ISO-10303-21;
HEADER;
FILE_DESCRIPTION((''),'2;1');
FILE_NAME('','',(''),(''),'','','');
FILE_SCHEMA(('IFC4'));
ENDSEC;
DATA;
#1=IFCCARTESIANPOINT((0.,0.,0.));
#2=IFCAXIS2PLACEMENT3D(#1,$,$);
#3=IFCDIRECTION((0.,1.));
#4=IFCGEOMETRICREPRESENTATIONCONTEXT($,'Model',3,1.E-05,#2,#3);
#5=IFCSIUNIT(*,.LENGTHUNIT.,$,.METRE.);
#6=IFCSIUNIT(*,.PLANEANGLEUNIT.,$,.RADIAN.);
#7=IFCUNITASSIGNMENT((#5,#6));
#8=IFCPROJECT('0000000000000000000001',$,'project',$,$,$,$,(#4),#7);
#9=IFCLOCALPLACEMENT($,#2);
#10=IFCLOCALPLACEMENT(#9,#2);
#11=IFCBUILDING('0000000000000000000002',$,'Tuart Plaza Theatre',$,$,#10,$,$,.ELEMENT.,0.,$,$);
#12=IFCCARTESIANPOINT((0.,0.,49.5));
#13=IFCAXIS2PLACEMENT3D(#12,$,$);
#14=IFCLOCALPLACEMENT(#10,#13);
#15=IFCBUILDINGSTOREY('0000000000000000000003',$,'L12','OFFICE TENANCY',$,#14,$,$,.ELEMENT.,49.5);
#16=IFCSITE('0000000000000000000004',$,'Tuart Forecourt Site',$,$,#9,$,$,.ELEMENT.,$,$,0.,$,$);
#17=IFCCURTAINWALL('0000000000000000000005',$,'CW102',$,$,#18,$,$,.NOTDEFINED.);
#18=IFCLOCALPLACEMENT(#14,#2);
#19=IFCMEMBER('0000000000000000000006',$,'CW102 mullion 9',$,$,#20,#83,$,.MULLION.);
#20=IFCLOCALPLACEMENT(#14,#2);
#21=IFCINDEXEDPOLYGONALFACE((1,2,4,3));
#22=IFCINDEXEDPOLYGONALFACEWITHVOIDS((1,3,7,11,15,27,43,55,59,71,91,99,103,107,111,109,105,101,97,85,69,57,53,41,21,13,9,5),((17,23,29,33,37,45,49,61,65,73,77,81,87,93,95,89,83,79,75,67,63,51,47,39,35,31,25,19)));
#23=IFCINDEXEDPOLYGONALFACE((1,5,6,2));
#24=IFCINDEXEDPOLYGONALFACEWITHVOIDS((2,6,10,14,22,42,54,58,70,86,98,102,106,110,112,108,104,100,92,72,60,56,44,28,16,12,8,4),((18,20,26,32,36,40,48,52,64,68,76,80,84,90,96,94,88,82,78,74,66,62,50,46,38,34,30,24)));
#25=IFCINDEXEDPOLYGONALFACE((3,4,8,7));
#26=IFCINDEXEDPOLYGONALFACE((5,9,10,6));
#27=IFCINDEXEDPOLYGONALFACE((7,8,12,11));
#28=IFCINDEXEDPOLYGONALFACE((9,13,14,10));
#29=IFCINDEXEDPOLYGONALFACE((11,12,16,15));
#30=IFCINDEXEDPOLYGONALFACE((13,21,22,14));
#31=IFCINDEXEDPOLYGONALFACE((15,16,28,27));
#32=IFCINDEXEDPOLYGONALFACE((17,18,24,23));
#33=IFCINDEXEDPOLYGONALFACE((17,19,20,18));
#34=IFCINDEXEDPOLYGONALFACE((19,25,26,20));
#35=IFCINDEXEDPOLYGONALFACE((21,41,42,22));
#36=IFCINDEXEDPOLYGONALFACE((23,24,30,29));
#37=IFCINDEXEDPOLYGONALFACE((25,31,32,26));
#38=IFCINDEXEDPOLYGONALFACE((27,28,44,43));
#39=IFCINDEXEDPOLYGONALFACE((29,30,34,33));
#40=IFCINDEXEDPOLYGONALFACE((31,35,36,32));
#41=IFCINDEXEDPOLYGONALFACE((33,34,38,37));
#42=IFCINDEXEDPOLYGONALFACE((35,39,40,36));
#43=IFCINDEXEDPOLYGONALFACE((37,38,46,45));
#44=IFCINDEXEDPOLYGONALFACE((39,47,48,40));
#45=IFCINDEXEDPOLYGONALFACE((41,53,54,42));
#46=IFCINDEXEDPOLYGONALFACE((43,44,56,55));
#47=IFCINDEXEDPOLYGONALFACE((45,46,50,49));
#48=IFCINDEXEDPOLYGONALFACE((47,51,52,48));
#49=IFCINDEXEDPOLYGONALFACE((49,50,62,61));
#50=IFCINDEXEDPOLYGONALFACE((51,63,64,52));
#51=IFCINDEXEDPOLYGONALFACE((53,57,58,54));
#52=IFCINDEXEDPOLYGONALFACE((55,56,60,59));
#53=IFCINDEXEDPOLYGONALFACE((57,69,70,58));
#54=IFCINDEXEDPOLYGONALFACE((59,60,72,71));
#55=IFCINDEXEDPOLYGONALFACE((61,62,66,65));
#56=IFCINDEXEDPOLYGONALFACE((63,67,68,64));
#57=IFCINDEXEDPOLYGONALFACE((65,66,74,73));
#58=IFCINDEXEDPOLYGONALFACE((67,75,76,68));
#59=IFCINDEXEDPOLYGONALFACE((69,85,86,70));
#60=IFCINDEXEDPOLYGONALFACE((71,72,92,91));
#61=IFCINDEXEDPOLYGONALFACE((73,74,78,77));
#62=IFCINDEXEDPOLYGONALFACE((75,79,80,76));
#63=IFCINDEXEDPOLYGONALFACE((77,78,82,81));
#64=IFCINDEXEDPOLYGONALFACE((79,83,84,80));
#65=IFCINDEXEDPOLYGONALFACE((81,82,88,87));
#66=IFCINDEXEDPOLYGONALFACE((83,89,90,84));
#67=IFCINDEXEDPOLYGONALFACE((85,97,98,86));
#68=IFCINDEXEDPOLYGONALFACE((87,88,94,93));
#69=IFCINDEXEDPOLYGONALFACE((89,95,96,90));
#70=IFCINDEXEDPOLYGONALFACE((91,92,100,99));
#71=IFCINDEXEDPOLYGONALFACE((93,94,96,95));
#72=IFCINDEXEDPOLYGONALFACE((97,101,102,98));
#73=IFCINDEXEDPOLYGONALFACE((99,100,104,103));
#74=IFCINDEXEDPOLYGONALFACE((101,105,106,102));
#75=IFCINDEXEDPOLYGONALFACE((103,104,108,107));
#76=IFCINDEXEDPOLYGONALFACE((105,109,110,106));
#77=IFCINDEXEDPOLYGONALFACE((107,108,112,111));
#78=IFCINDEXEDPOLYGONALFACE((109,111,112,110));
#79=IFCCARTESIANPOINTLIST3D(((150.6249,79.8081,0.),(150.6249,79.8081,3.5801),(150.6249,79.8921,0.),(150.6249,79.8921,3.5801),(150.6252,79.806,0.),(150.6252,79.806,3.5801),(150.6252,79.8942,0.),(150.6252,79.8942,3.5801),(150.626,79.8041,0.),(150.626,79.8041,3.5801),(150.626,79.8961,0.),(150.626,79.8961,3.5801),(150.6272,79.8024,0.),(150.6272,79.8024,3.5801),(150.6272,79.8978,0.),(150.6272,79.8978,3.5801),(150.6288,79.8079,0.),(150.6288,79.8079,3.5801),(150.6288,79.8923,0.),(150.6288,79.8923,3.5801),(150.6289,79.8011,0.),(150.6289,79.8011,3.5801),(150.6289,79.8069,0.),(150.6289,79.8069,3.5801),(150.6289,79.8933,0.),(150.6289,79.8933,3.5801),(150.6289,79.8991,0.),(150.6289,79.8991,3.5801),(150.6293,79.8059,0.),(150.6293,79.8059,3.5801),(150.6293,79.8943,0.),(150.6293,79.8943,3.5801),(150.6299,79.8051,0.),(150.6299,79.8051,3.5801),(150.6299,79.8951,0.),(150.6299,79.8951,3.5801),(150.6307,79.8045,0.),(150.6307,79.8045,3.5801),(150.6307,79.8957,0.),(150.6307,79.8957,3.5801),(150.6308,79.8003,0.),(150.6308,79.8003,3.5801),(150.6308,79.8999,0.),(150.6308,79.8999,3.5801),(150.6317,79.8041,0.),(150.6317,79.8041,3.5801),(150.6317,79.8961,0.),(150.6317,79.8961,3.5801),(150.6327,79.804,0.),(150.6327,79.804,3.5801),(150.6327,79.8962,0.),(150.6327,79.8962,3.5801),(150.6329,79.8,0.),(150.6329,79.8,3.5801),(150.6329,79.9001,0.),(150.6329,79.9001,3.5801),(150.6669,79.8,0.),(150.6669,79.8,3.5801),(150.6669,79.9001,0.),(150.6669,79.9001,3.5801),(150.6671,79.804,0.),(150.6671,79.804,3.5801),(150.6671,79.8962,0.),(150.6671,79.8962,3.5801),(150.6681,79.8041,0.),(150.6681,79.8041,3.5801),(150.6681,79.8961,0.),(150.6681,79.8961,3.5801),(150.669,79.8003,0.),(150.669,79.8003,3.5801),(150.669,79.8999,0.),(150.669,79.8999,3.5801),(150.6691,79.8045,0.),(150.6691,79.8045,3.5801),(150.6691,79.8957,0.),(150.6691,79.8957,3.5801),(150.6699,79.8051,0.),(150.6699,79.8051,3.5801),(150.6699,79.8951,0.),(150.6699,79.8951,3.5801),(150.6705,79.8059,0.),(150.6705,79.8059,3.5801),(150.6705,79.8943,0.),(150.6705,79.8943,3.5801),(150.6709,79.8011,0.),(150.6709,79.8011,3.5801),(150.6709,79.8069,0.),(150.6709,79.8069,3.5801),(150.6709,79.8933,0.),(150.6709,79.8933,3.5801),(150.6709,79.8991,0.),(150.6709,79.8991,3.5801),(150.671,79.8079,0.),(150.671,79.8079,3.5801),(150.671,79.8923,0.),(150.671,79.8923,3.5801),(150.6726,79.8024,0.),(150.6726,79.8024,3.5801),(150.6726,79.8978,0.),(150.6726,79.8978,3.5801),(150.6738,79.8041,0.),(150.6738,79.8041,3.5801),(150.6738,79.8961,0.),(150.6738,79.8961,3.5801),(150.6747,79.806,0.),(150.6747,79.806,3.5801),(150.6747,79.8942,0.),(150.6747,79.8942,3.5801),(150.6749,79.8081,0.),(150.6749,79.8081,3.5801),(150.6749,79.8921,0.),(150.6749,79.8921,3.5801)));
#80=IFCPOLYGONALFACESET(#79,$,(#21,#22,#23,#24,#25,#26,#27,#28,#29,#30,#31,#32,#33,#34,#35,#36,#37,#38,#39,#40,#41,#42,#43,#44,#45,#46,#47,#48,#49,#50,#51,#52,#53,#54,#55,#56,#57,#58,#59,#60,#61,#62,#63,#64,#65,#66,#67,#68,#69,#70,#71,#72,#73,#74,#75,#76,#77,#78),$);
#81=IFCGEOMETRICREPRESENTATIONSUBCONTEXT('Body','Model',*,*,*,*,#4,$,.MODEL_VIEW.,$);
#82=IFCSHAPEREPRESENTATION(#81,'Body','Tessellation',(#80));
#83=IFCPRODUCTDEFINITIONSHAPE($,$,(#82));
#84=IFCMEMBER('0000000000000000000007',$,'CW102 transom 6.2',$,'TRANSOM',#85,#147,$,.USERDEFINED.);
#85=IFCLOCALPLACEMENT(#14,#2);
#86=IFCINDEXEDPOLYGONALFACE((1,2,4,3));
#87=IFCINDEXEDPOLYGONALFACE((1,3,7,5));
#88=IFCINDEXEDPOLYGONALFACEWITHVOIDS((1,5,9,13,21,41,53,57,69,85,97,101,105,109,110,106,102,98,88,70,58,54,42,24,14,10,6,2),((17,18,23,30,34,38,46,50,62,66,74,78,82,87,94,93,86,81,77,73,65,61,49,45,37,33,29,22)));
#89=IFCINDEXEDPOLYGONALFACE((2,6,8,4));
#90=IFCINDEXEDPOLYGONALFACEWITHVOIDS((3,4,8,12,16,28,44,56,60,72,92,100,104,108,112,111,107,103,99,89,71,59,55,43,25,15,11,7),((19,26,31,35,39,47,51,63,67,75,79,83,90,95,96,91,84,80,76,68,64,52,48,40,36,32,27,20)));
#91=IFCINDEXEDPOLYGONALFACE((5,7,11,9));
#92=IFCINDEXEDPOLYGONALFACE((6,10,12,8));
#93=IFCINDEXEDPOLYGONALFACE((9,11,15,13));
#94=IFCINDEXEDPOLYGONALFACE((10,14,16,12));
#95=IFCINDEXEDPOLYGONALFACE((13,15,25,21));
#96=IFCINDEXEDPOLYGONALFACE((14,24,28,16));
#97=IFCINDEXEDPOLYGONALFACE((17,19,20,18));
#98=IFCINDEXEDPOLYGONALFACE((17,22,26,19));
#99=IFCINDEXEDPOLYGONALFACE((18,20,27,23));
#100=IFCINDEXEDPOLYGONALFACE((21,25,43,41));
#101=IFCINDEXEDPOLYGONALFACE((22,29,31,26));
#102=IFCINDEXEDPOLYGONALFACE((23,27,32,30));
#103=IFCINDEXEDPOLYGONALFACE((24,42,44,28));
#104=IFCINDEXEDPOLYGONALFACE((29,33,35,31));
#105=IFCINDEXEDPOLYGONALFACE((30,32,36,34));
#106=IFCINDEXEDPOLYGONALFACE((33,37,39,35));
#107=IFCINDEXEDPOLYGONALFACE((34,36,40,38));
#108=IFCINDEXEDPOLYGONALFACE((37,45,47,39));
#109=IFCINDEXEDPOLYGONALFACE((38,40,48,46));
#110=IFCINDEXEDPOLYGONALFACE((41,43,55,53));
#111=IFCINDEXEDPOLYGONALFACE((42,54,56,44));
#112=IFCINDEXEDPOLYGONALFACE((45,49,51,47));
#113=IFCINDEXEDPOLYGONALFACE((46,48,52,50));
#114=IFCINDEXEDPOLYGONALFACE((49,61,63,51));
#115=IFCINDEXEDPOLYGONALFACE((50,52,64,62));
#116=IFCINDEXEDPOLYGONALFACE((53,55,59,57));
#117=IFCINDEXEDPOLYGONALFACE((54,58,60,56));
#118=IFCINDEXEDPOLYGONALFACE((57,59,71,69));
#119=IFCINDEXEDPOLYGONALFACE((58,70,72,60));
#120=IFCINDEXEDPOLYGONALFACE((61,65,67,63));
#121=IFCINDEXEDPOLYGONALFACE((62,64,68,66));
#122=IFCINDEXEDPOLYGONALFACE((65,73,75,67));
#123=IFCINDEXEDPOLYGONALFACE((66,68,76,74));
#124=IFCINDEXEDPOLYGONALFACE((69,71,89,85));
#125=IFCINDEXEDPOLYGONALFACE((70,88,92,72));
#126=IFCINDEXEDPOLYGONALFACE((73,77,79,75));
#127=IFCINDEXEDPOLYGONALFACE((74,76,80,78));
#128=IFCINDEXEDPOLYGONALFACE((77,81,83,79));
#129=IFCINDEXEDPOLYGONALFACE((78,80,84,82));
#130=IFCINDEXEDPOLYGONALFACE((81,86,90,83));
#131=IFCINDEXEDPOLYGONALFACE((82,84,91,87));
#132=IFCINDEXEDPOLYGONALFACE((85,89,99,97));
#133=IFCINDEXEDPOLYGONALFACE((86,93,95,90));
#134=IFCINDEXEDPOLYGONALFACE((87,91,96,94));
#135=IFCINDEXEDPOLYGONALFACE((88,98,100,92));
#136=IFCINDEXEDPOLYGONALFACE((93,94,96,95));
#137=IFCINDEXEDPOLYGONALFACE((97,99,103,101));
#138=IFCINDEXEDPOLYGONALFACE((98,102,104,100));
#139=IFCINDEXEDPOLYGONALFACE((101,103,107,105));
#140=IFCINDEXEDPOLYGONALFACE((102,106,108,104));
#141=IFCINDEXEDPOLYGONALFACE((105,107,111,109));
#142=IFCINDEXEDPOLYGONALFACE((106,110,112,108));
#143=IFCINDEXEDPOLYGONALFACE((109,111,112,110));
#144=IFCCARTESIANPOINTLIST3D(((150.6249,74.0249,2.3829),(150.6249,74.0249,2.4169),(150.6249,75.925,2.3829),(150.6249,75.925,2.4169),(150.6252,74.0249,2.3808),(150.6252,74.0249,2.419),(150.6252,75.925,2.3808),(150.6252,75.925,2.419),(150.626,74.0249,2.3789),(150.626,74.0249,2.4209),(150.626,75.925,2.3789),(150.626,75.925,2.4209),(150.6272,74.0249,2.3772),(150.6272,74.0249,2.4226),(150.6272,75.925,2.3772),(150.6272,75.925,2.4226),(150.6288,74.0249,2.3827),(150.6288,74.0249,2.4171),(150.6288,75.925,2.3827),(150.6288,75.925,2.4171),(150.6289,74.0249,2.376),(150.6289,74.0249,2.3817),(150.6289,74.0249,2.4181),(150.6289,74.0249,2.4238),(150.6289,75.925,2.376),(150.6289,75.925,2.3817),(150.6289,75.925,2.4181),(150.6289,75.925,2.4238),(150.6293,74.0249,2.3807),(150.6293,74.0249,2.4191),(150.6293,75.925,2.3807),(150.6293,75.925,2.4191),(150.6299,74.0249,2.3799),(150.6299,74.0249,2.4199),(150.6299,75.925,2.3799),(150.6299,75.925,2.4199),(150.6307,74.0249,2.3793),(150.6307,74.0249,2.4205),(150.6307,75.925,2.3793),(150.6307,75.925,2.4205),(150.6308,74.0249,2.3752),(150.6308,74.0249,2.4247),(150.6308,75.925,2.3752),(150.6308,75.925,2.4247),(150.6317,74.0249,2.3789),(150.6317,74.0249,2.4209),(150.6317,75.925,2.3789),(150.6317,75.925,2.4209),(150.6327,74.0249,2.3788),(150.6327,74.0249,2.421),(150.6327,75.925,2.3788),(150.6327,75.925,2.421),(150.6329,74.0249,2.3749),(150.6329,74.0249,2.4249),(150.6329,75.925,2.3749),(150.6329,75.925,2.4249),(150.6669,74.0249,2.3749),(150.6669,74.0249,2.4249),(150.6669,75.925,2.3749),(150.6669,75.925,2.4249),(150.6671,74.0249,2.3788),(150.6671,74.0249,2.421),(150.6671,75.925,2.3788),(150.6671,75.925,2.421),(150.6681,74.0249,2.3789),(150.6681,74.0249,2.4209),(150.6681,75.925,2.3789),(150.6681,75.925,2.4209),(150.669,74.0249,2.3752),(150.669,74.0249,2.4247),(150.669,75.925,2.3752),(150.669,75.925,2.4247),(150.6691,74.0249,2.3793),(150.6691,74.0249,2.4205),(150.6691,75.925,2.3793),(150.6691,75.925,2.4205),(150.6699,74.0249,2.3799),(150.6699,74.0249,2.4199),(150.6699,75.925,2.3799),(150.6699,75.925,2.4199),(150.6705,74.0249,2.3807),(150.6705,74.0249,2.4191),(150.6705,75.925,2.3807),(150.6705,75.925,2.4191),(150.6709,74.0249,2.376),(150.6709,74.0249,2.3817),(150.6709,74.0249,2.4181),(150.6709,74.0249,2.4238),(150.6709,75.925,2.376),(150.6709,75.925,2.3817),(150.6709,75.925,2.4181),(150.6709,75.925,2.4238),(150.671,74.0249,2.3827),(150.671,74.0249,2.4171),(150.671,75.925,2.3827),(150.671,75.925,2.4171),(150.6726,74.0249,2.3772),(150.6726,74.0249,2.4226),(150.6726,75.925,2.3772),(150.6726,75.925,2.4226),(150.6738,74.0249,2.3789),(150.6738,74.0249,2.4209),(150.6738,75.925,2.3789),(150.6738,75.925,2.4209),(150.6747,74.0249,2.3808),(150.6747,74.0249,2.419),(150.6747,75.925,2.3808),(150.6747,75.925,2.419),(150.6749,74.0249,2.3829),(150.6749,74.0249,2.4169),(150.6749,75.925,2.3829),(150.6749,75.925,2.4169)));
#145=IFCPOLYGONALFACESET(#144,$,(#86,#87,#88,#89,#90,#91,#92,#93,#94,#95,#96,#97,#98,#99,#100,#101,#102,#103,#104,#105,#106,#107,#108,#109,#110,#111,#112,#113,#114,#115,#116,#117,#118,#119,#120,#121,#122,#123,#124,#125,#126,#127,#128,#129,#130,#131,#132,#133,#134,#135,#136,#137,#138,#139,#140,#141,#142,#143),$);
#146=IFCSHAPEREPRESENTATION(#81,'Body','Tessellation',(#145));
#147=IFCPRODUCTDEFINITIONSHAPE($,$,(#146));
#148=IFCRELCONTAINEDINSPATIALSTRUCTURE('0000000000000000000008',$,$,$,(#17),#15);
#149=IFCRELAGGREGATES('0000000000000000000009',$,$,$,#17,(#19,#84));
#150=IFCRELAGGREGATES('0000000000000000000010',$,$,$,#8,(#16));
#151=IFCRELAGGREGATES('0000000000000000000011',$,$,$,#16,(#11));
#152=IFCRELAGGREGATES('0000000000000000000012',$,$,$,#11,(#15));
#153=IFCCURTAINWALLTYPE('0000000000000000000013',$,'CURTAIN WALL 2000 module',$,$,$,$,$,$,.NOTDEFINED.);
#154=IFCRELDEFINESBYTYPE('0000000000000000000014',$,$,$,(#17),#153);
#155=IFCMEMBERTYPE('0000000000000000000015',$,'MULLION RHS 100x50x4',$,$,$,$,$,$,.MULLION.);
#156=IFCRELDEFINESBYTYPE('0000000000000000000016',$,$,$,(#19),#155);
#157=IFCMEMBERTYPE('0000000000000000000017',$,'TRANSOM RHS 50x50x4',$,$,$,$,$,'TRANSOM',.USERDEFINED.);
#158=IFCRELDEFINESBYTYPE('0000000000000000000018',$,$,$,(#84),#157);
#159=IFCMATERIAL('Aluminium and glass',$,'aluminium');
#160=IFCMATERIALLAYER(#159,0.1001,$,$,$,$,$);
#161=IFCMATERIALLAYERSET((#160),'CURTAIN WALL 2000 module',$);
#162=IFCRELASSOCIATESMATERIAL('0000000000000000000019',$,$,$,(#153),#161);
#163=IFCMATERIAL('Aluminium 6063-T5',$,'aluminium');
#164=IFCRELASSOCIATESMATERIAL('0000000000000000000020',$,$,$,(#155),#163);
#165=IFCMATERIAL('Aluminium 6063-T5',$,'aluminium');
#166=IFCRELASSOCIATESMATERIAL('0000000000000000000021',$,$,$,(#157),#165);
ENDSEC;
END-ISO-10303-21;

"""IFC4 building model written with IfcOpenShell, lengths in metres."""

from ifc_helpers import new_model, si_unit, direction, frame, origin, origin_2d, place, context, subcontext, project, spatial, hollow_rectangle, extrude, material, layer, layer_set, material_profile, profile_set, type_object, element, aggregate, save


model = new_model("IFC4")

# Units and contexts
model_context = context("Model", 3, precision=1e-05, world=origin(), true_north=direction((0.0, 1.0)))
body_context = subcontext(model_context, "Body", "Model", "MODEL_VIEW")
ifc_project = project(units=[si_unit("LENGTHUNIT", "METRE"), si_unit("PLANEANGLEUNIT", "RADIAN")], contexts=[model_context])

# Site, building, storey
site_placement = place(None, origin())
site = spatial("IfcSite", under=ifc_project, at=site_placement, Name="Tuart Forecourt Site", CompositionType="ELEMENT", RefElevation=0.0)
building_placement = place(site_placement, origin())
building = spatial("IfcBuilding", under=site, at=building_placement, Name="Tuart Plaza Theatre", CompositionType="ELEMENT", ElevationOfRefHeight=0.0)
storey_placement = place(building_placement, frame((0.0, 0.0, 49.5)))
storey = spatial("IfcBuildingStorey", under=building, at=storey_placement, Name="L12", Description="OFFICE TENANCY", CompositionType="ELEMENT", Elevation=49.5)

# Curtain wall, members
ifc_material_1 = material(Name="Aluminium and glass", Category="aluminium")
ifc_layer_1 = layer(ifc_material_1, 0.1001)
ifc_layer_set_1 = layer_set([ifc_layer_1], Name="CURTAIN WALL 2000 module")
curtain_wall_type = type_object("IfcCurtainWallType", Name="CURTAIN WALL 2000 module", PredefinedType="NOTDEFINED", material=ifc_layer_set_1)
curtain_wall_placement = place(storey_placement, origin())
curtain_wall = element("IfcCurtainWall", 1, at=curtain_wall_placement, inside=storey, type_object=curtain_wall_type, Name="CW102", PredefinedType="NOTDEFINED")
ifc_material_2 = material(Name="Aluminium 6063-T5", Category="aluminium")
ifc_material_profile_1 = material_profile(ifc_material_2, hollow_rectangle(XDim=0.05, YDim=0.1001, WallThickness=0.0039, InnerFilletRadius=0.0039, OuterFilletRadius=0.0081, at=origin_2d()), Name="RHS 100x50x4")
ifc_profile_set_1 = profile_set([ifc_material_profile_1], Name="Aluminium 6063-T5")
member_type_1 = type_object("IfcMemberType", Name="MULLION RHS 100x50x4", PredefinedType="MULLION", material=ifc_profile_set_1)
member_1_placement = place(storey_placement, frame((150.6499, 79.8501, 0.0), z_axis=(0.0, 0.0, 1.0), x_axis=(-1.0, 0.0, 0.0)))
member_1 = element("IfcMember", 2, at=member_1_placement, type_object=member_type_1, Name="CW102 mullion 9", PredefinedType="MULLION", context=body_context, shape_type="SweptSolid", body=[
    extrude(hollow_rectangle(XDim=0.05, YDim=0.1001, WallThickness=0.0039, InnerFilletRadius=0.0039, OuterFilletRadius=0.0081, at=origin_2d()), origin(), (0.0, 0.0, 1.0), 3.5801),
])
ifc_material_3 = material(Name="Aluminium 6063-T5", Category="aluminium")
ifc_material_profile_2 = material_profile(ifc_material_3, hollow_rectangle(XDim=0.05, YDim=0.05, WallThickness=0.0039, InnerFilletRadius=0.0039, OuterFilletRadius=0.0081, at=origin_2d()), Name="RHS 50x50x4")
ifc_profile_set_2 = profile_set([ifc_material_profile_2], Name="Aluminium 6063-T5")
member_type_2 = type_object("IfcMemberType", Name="TRANSOM RHS 50x50x4", ElementType="TRANSOM", PredefinedType="USERDEFINED", material=ifc_profile_set_2)
member_2_placement = place(storey_placement, frame((150.6499, 74.0249, 2.3999), z_axis=(0.0, 1.0, 0.0), x_axis=(-1.0, 0.0, 0.0)))
member_2 = element("IfcMember", 3, at=member_2_placement, type_object=member_type_2, Name="CW102 transom 6.2", ObjectType="TRANSOM", PredefinedType="USERDEFINED", context=body_context, shape_type="SweptSolid", body=[
    extrude(hollow_rectangle(XDim=0.05, YDim=0.05, WallThickness=0.0039, InnerFilletRadius=0.0039, OuterFilletRadius=0.0081, at=origin_2d()), origin(), (0.0, 0.0, 1.0), 1.9001),
])
aggregate(curtain_wall, [member_1, member_2])

save(model, "model.ifc")
